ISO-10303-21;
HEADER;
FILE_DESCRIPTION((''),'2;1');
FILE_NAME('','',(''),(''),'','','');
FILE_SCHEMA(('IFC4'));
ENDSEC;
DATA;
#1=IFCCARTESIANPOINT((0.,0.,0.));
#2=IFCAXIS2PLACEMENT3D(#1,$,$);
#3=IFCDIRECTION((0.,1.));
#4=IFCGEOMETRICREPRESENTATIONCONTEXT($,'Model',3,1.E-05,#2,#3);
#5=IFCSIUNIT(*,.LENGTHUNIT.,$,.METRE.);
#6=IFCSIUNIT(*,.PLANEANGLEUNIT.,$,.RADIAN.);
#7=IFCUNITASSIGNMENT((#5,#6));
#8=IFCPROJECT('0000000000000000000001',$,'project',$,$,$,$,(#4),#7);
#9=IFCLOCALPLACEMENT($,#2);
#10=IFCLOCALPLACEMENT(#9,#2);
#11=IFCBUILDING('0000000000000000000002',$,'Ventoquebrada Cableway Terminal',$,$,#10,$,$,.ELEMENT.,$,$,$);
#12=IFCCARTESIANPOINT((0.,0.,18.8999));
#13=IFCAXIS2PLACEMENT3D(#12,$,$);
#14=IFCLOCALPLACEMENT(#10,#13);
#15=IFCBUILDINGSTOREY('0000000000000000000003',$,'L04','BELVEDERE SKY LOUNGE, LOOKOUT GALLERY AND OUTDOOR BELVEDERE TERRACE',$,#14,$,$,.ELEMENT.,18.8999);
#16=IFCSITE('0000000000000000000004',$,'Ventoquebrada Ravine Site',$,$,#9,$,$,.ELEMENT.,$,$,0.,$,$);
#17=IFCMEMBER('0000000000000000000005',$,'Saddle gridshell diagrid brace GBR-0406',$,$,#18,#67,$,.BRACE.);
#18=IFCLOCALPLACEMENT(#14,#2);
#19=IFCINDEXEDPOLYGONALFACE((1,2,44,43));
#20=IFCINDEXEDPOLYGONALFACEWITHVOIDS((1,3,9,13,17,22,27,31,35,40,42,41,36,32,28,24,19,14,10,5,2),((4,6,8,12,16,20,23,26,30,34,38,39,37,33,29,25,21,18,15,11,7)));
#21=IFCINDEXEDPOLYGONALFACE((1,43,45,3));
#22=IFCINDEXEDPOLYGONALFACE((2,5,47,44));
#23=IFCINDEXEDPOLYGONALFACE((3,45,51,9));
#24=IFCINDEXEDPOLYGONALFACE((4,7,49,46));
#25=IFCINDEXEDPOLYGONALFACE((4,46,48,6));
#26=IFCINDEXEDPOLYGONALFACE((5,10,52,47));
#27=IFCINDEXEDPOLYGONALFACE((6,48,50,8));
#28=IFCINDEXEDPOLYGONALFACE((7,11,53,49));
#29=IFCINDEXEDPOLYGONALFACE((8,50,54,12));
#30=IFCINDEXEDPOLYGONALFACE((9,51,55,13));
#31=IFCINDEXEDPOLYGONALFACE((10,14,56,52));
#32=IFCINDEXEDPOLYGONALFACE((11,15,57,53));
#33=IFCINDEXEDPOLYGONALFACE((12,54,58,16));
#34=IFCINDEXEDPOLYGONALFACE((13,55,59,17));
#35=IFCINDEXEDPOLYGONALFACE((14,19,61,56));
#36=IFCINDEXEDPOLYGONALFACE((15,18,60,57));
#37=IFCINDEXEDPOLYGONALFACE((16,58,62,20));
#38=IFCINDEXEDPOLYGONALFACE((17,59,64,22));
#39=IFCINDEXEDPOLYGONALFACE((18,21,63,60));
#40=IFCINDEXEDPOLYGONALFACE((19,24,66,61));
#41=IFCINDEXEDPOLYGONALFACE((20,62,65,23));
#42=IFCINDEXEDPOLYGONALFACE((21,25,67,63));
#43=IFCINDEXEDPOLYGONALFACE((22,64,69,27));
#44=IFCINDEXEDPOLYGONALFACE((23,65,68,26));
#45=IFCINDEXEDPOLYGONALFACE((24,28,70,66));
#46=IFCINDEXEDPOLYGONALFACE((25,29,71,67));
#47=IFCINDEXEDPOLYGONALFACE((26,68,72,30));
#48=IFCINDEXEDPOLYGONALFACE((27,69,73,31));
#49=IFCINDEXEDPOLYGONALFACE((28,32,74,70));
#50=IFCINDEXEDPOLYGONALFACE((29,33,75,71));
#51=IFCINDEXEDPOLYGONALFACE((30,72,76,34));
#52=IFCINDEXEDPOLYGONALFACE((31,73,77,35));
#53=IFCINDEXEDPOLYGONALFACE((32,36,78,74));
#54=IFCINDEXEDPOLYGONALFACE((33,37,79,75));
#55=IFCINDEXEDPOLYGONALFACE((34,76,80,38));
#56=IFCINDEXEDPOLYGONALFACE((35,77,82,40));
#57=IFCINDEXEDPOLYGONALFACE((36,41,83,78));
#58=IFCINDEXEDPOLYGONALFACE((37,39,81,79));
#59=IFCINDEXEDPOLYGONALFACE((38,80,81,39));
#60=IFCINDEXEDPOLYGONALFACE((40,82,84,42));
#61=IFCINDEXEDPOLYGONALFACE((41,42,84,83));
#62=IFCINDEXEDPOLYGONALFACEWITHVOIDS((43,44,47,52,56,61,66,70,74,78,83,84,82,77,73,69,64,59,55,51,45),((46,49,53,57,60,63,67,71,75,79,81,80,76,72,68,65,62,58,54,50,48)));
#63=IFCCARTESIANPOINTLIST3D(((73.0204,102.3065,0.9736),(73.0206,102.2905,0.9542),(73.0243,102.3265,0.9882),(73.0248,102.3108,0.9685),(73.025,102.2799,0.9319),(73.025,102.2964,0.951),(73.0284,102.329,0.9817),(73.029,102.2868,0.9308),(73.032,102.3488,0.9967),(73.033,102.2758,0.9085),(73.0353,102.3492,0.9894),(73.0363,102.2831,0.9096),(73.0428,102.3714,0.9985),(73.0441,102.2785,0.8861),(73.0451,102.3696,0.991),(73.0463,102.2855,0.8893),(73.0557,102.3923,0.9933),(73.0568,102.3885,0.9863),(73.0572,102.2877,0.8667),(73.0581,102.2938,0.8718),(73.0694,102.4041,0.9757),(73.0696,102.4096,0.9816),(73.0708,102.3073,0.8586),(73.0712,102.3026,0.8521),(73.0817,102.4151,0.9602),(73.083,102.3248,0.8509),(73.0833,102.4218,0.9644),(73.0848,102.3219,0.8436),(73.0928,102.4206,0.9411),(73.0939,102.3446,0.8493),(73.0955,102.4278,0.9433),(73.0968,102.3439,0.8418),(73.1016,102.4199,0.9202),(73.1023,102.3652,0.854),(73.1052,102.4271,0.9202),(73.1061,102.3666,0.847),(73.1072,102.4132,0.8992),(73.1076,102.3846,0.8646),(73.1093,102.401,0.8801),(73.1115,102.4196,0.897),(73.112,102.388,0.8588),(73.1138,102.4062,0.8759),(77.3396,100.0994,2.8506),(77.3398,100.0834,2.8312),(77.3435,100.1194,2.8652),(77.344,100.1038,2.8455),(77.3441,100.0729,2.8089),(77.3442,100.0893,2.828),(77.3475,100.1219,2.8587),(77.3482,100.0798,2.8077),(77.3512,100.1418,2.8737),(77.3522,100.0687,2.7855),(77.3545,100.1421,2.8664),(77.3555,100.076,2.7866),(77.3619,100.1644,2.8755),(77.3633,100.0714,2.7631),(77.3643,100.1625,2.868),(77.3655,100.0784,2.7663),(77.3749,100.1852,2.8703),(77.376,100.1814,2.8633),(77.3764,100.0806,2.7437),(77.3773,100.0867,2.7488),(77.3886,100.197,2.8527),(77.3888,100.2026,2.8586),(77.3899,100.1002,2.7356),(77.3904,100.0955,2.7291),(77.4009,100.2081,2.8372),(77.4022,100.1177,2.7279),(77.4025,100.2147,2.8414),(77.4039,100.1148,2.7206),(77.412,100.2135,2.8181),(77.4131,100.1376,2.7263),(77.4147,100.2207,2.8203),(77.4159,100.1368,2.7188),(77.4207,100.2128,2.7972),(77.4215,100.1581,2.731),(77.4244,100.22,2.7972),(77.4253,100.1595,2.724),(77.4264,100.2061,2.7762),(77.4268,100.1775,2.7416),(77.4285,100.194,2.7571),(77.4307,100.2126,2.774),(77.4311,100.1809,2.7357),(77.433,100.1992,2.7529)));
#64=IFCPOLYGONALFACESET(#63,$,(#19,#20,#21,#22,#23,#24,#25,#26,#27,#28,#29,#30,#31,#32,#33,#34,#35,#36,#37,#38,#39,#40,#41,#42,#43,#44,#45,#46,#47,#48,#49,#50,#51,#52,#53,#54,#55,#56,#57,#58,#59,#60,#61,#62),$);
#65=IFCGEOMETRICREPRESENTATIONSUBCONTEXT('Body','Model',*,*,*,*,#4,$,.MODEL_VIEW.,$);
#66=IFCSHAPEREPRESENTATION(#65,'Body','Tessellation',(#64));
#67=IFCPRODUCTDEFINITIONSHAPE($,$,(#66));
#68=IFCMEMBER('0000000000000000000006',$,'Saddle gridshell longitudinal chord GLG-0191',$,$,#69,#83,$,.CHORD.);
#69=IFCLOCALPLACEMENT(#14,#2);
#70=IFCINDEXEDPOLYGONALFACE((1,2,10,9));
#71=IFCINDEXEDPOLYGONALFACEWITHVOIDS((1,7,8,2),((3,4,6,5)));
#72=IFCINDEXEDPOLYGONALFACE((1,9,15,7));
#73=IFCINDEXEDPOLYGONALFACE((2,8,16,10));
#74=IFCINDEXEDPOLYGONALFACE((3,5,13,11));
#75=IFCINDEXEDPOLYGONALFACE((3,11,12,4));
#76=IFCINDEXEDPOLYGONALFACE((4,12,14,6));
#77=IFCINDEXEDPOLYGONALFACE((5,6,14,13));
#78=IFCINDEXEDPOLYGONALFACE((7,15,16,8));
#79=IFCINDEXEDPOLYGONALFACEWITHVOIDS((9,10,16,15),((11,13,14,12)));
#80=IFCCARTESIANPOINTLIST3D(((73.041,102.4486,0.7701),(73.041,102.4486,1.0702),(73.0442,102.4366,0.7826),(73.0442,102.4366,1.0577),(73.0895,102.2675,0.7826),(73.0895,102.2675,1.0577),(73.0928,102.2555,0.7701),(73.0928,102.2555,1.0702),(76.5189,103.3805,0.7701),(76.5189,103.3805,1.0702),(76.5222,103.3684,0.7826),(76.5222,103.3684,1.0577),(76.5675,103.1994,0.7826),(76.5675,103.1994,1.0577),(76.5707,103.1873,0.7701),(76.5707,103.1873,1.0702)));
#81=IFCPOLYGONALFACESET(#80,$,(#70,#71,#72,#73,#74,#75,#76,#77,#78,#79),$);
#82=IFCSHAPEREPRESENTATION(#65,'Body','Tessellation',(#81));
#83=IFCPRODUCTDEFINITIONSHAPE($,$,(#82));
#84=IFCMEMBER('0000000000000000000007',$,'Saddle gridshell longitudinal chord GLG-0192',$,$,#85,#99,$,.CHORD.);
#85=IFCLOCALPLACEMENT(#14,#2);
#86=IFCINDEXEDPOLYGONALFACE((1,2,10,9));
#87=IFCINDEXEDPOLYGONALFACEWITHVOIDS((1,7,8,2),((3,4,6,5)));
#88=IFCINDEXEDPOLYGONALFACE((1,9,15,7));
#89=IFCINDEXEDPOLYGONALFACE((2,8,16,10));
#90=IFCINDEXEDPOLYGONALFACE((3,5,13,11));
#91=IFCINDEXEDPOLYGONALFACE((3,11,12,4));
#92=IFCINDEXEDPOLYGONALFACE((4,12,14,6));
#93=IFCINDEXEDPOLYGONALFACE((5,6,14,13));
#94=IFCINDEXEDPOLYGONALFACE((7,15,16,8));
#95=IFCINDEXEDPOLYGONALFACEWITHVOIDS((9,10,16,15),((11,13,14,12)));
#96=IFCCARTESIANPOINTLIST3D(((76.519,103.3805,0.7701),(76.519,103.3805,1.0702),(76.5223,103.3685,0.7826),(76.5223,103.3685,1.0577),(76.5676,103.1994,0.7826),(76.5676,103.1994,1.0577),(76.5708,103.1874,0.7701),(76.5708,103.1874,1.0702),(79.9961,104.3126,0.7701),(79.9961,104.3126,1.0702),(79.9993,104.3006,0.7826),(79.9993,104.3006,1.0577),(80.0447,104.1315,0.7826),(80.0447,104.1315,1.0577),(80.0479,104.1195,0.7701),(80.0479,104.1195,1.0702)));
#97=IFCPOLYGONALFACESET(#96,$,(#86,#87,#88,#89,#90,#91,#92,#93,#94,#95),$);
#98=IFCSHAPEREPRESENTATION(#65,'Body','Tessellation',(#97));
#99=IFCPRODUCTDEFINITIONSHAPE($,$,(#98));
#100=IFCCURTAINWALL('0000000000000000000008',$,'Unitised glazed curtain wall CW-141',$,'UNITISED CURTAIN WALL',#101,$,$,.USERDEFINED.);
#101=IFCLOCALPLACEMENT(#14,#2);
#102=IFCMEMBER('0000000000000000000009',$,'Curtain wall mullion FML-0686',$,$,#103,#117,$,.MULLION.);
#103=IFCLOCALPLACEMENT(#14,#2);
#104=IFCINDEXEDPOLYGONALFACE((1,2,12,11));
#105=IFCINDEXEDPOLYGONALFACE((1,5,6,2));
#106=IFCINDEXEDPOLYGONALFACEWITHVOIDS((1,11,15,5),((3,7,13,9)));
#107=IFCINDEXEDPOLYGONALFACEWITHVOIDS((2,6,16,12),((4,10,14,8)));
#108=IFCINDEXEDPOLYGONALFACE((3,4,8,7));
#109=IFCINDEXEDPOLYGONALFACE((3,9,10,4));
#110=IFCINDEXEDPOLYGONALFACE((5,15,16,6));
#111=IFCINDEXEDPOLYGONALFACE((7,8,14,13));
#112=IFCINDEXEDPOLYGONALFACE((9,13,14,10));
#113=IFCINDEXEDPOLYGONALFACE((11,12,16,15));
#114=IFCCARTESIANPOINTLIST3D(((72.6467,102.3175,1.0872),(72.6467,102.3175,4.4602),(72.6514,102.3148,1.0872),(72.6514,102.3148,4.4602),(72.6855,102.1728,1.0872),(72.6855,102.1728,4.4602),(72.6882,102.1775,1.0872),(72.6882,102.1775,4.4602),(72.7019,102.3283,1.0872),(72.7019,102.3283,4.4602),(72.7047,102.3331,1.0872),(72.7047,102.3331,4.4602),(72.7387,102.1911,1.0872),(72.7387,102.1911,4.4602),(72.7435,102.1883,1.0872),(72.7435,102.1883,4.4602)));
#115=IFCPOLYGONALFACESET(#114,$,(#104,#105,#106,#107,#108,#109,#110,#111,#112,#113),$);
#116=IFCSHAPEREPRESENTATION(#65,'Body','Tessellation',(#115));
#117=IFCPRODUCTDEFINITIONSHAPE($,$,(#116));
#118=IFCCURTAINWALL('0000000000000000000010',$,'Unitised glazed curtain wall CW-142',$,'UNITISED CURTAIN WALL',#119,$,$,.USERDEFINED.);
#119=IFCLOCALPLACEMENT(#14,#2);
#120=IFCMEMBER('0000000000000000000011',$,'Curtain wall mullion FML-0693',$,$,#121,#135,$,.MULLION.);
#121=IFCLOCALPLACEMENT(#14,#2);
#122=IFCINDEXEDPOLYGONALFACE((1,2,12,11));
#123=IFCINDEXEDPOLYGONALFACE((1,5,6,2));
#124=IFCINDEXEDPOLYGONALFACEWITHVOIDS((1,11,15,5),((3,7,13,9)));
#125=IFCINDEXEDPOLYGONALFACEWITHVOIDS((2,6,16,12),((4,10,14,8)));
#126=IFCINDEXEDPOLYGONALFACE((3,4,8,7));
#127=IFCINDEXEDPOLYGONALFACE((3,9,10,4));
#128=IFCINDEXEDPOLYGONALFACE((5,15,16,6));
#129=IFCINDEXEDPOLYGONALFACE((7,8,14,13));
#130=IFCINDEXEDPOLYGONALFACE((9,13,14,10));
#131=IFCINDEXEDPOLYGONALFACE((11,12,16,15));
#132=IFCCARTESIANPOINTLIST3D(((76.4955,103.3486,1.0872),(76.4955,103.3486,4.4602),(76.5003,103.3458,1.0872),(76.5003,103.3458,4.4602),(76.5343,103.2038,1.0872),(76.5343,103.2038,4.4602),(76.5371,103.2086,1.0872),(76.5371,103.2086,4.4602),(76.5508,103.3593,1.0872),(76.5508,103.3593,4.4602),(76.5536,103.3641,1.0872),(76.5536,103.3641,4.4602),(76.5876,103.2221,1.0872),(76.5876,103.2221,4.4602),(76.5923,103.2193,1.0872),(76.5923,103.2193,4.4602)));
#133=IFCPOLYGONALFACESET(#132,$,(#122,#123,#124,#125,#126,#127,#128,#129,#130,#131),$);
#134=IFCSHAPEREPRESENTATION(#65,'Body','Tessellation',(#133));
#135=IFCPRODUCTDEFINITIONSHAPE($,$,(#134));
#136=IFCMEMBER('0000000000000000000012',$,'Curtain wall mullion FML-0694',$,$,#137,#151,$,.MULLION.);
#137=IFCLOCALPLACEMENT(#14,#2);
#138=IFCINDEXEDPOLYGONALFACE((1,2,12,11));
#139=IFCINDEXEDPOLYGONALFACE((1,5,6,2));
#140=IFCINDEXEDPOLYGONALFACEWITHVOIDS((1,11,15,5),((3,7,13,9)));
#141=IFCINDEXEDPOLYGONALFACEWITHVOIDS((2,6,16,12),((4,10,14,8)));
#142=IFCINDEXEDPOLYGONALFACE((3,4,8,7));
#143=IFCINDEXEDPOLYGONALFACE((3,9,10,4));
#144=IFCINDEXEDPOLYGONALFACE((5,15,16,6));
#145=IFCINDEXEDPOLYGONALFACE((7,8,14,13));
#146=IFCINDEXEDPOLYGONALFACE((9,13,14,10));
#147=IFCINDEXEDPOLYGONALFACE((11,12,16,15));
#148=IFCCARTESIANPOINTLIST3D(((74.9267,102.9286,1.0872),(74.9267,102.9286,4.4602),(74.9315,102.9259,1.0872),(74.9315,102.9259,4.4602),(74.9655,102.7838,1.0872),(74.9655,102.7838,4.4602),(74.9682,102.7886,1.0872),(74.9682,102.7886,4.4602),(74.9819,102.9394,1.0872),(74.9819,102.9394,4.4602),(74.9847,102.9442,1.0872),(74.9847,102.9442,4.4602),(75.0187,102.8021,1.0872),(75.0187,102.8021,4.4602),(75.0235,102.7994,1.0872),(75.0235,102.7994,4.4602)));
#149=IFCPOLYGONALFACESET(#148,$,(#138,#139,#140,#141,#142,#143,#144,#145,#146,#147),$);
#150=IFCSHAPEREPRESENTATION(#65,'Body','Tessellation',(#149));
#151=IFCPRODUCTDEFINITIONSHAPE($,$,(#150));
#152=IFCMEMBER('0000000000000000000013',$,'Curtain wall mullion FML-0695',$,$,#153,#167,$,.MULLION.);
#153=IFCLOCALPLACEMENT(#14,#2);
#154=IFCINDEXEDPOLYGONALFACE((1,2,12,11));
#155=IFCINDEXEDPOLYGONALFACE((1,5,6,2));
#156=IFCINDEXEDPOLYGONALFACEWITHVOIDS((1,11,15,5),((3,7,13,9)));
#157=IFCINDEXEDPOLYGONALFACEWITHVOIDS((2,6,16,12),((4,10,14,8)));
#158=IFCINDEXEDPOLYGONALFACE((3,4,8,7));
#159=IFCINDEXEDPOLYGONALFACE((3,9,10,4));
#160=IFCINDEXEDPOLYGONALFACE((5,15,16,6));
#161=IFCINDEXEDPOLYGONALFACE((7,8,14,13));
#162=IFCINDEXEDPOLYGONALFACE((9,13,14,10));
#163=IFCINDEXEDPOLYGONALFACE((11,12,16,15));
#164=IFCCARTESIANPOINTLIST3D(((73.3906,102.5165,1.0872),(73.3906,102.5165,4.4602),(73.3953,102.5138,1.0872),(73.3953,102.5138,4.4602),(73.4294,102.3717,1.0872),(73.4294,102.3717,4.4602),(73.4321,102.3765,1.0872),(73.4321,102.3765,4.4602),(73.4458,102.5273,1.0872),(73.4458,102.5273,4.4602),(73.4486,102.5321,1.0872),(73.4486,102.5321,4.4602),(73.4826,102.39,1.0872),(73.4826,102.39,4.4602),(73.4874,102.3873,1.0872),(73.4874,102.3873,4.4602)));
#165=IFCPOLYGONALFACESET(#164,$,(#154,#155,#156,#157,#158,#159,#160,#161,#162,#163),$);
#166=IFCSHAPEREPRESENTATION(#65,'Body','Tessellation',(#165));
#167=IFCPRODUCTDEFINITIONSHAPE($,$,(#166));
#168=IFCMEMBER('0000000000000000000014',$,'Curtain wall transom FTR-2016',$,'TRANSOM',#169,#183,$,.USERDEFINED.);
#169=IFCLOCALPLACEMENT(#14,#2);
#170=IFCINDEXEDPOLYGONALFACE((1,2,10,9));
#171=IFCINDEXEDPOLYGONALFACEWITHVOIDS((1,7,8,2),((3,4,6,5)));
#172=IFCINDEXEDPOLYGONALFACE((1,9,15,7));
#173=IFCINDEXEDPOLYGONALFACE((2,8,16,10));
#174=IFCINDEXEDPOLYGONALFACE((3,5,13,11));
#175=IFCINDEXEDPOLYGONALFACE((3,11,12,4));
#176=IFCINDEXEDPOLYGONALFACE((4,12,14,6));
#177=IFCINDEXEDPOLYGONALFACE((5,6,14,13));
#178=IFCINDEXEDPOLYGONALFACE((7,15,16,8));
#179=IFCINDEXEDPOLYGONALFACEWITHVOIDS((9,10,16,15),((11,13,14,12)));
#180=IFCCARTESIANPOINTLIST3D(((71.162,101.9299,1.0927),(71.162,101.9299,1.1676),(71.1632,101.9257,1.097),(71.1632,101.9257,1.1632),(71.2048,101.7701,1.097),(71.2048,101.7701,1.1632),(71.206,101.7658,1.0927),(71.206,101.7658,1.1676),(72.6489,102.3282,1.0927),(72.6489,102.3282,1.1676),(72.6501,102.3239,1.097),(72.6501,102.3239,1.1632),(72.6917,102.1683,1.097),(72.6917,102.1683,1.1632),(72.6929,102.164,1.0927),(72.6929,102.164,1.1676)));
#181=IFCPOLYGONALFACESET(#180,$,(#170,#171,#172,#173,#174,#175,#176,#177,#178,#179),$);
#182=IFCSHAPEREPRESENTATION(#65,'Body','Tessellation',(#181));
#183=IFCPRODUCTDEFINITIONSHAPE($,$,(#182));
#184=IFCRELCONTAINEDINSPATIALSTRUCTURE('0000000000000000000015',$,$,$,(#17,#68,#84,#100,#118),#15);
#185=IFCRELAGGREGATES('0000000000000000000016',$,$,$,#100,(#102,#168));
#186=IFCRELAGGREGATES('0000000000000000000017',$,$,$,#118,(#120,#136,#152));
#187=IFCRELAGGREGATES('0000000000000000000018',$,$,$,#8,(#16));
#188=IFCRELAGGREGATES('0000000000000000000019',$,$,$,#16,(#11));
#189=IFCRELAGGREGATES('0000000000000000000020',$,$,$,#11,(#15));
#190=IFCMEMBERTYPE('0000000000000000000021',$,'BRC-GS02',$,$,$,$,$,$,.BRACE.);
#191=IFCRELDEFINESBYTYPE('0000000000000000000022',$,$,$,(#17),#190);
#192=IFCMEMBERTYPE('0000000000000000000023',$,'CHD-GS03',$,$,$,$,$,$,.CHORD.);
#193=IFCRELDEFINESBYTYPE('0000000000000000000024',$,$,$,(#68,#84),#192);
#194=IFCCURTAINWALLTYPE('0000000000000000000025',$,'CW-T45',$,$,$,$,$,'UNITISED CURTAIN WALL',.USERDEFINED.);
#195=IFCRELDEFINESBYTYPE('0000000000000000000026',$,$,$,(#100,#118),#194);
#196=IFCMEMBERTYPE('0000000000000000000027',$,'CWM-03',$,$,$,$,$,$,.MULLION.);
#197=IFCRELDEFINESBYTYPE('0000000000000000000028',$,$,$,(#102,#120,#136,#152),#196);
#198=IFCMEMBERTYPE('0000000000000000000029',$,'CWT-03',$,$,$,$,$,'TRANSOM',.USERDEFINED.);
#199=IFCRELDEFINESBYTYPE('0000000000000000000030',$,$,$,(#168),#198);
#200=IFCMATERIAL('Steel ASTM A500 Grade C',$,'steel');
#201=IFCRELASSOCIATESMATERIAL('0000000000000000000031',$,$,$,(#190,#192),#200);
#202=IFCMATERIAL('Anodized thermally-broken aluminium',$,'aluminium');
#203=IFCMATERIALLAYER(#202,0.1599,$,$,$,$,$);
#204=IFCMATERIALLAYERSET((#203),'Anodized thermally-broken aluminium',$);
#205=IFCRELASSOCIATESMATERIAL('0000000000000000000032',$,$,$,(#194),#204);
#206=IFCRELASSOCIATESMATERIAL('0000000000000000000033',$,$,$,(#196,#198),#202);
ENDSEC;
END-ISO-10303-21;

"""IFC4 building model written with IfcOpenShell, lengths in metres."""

from ifc_helpers import new_model, si_unit, direction, frame, origin, origin_2d, place, context, subcontext, project, spatial, hollow_rectangle, hollow_circle, extrude, material, layer, layer_set, material_profile, profile_set, type_object, element, aggregate, save


model = new_model("IFC4")

# Units and contexts
model_context = context("Model", 3, precision=1e-05, world=origin(), true_north=direction((0.0, 1.0)))
body_context = subcontext(model_context, "Body", "Model", "MODEL_VIEW")
ifc_project = project(units=[si_unit("LENGTHUNIT", "METRE"), si_unit("PLANEANGLEUNIT", "RADIAN")], contexts=[model_context])

# Site, building, storey
site_placement = place(None, origin())
site = spatial("IfcSite", under=ifc_project, at=site_placement, Name="Ventoquebrada Ravine Site", CompositionType="ELEMENT", RefElevation=0.0)
building_placement = place(site_placement, origin())
building = spatial("IfcBuilding", under=site, at=building_placement, Name="Ventoquebrada Cableway Terminal", CompositionType="ELEMENT")
storey_placement = place(building_placement, frame((0.0, 0.0, 18.8999)))
storey = spatial("IfcBuildingStorey", under=building, at=storey_placement, Name="L04", Description="BELVEDERE SKY LOUNGE, LOOKOUT GALLERY AND OUTDOOR BELVEDERE TERRACE", CompositionType="ELEMENT", Elevation=18.8999)

# Members
ifc_material_1 = material(Name="Steel ASTM A500 Grade C", Category="steel")
ifc_material_profile_1 = material_profile(ifc_material_1, hollow_circle(Radius=0.0842, WallThickness=0.0081, at=origin_2d()), Name="CHS168.3X8")
ifc_profile_set_1 = profile_set([ifc_material_profile_1], Name="Steel ASTM A500 Grade C")
member_type_1 = type_object("IfcMemberType", Name="BRC-GS02", PredefinedType="BRACE", material=ifc_profile_set_1)
member_1_placement = place(storey_placement, frame((73.0669, 102.3521, 0.9202), z_axis=(0.830464, -0.424362, 0.360896), x_axis=(0.455029, 0.890477, 0.0)))
element("IfcMember", 1, at=member_1_placement, inside=storey, type_object=member_type_1, Name="Saddle gridshell diagrid brace GBR-0406", PredefinedType="BRACE", context=body_context, shape_type="SweptSolid", body=[
    extrude(hollow_circle(Radius=0.0842, WallThickness=0.0081, at=origin_2d()), origin(), (0.0, 0.0, 1.0), 5.2009),
])
ifc_material_profile_2 = material_profile(ifc_material_1, hollow_rectangle(XDim=0.2, YDim=0.3, WallThickness=0.0125, at=origin_2d()), Name="RHS300X200X12.5")
ifc_profile_set_2 = profile_set([ifc_material_profile_2], Name="Steel ASTM A500 Grade C")
member_type_2 = type_object("IfcMemberType", Name="CHD-GS03", PredefinedType="CHORD", material=ifc_profile_set_2)
member_2_placement = place(storey_placement, frame((73.0669, 102.3521, 0.9202), z_axis=(0.965929, 0.258806, 0.0), x_axis=(-0.258806, 0.965929, 0.0)))
element("IfcMember", 2, at=member_2_placement, inside=storey, type_object=member_type_2, Name="Saddle gridshell longitudinal chord GLG-0191", PredefinedType="CHORD", context=body_context, shape_type="SweptSolid", body=[
    extrude(hollow_rectangle(XDim=0.2, YDim=0.3, WallThickness=0.0125, at=origin_2d()), origin(), (0.0, 0.0, 1.0), 3.6006),
])
member_3_placement = place(storey_placement, frame((76.5449, 103.2839, 0.9202), z_axis=(0.965894, 0.258937, 0.0), x_axis=(-0.258937, 0.965894, 0.0)))
element("IfcMember", 3, at=member_3_placement, inside=storey, type_object=member_type_2, Name="Saddle gridshell longitudinal chord GLG-0192", PredefinedType="CHORD", context=body_context, shape_type="SweptSolid", body=[
    extrude(hollow_rectangle(XDim=0.2, YDim=0.3, WallThickness=0.0125, at=origin_2d()), origin(), (0.0, 0.0, 1.0), 3.5999),
])

# Curtain wall, member
ifc_material_2 = material(Name="Anodized thermally-broken aluminium", Category="aluminium")
ifc_layer_1 = layer(ifc_material_2, 0.1599)
ifc_layer_set_1 = layer_set([ifc_layer_1], Name="Anodized thermally-broken aluminium")
curtain_wall_type = type_object("IfcCurtainWallType", Name="CW-T45", ElementType="UNITISED CURTAIN WALL", PredefinedType="USERDEFINED", material=ifc_layer_set_1)
curtain_wall_1_placement = place(storey_placement, origin())
curtain_wall_1 = element("IfcCurtainWall", 4, at=curtain_wall_1_placement, inside=storey, type_object=curtain_wall_type, Name="Unitised glazed curtain wall CW-141", ObjectType="UNITISED CURTAIN WALL", PredefinedType="USERDEFINED")
ifc_material_profile_3 = material_profile(ifc_material_2, hollow_rectangle(XDim=0.0601, YDim=0.1499, WallThickness=0.0039, at=origin_2d()), Name="CW-MUL-60X150")
ifc_profile_set_3 = profile_set([ifc_material_profile_3], Name="Anodized thermally-broken aluminium")
member_type_3 = type_object("IfcMemberType", Name="CWM-03", PredefinedType="MULLION", material=ifc_profile_set_3)
member_4_placement = place(storey_placement, frame((72.6951, 102.2529, 1.0872), z_axis=(0.0, 0.0, 1.0), x_axis=(-0.965894, -0.258937, 0.0)))
member_4 = element("IfcMember", 5, at=member_4_placement, type_object=member_type_3, Name="Curtain wall mullion FML-0686", PredefinedType="MULLION", context=body_context, shape_type="SweptSolid", body=[
    extrude(hollow_rectangle(XDim=0.0601, YDim=0.1499, WallThickness=0.0039, at=origin_2d()), origin(), (0.0, 0.0, 1.0), 3.373),
])

# Curtain wall, members
curtain_wall_2_placement = place(storey_placement, origin())
curtain_wall_2 = element("IfcCurtainWall", 6, at=curtain_wall_2_placement, inside=storey, type_object=curtain_wall_type, Name="Unitised glazed curtain wall CW-142", ObjectType="UNITISED CURTAIN WALL", PredefinedType="USERDEFINED")
member_5_placement = place(storey_placement, frame((76.5439, 103.2839, 1.0872), z_axis=(0.0, 0.0, 1.0), x_axis=(-0.965944, -0.258752, 0.0)))
member_5 = element("IfcMember", 7, at=member_5_placement, type_object=member_type_3, Name="Curtain wall mullion FML-0693", PredefinedType="MULLION", context=body_context, shape_type="SweptSolid", body=[
    extrude(hollow_rectangle(XDim=0.0601, YDim=0.1499, WallThickness=0.0039, at=origin_2d()), origin(), (0.0, 0.0, 1.0), 3.373),
])
member_6_placement = place(storey_placement, frame((74.9751, 102.864, 1.0872), z_axis=(0.0, 0.0, 1.0), x_axis=(-0.965944, -0.258752, 0.0)))
member_6 = element("IfcMember", 8, at=member_6_placement, type_object=member_type_3, Name="Curtain wall mullion FML-0694", PredefinedType="MULLION", context=body_context, shape_type="SweptSolid", body=[
    extrude(hollow_rectangle(XDim=0.0601, YDim=0.1499, WallThickness=0.0039, at=origin_2d()), origin(), (0.0, 0.0, 1.0), 3.373),
])
member_7_placement = place(storey_placement, frame((73.439, 102.4519, 1.0872), z_axis=(0.0, 0.0, 1.0), x_axis=(-0.965944, -0.258752, 0.0)))
member_7 = element("IfcMember", 9, at=member_7_placement, type_object=member_type_3, Name="Curtain wall mullion FML-0695", PredefinedType="MULLION", context=body_context, shape_type="SweptSolid", body=[
    extrude(hollow_rectangle(XDim=0.0601, YDim=0.1499, WallThickness=0.0039, at=origin_2d()), origin(), (0.0, 0.0, 1.0), 3.373),
])

# Member
ifc_material_profile_4 = material_profile(ifc_material_2, hollow_rectangle(XDim=0.075, YDim=0.1699, WallThickness=0.0044, at=origin_2d()), Name="CW-TRN-75X170")
ifc_profile_set_4 = profile_set([ifc_material_profile_4], Name="Anodized thermally-broken aluminium")
member_type_4 = type_object("IfcMemberType", Name="CWT-03", ElementType="TRANSOM", PredefinedType="USERDEFINED", material=ifc_profile_set_4)
member_8_placement = place(storey_placement, frame((72.6709, 102.2461, 1.1301), z_axis=(-0.965958, -0.258699, 0.0), x_axis=(0.0, 0.0, 1.0)))
member_8 = element("IfcMember", 10, at=member_8_placement, type_object=member_type_4, Name="Curtain wall transom FTR-2016", ObjectType="TRANSOM", PredefinedType="USERDEFINED", context=body_context, shape_type="SweptSolid", body=[
    extrude(hollow_rectangle(XDim=0.075, YDim=0.1699, WallThickness=0.0044, at=origin_2d()), origin(), (0.0, 0.0, 1.0), 1.5393),
])

aggregate(curtain_wall_1, [member_4, member_8])
aggregate(curtain_wall_2, [member_5, member_6, member_7])

save(model, "model.ifc")
